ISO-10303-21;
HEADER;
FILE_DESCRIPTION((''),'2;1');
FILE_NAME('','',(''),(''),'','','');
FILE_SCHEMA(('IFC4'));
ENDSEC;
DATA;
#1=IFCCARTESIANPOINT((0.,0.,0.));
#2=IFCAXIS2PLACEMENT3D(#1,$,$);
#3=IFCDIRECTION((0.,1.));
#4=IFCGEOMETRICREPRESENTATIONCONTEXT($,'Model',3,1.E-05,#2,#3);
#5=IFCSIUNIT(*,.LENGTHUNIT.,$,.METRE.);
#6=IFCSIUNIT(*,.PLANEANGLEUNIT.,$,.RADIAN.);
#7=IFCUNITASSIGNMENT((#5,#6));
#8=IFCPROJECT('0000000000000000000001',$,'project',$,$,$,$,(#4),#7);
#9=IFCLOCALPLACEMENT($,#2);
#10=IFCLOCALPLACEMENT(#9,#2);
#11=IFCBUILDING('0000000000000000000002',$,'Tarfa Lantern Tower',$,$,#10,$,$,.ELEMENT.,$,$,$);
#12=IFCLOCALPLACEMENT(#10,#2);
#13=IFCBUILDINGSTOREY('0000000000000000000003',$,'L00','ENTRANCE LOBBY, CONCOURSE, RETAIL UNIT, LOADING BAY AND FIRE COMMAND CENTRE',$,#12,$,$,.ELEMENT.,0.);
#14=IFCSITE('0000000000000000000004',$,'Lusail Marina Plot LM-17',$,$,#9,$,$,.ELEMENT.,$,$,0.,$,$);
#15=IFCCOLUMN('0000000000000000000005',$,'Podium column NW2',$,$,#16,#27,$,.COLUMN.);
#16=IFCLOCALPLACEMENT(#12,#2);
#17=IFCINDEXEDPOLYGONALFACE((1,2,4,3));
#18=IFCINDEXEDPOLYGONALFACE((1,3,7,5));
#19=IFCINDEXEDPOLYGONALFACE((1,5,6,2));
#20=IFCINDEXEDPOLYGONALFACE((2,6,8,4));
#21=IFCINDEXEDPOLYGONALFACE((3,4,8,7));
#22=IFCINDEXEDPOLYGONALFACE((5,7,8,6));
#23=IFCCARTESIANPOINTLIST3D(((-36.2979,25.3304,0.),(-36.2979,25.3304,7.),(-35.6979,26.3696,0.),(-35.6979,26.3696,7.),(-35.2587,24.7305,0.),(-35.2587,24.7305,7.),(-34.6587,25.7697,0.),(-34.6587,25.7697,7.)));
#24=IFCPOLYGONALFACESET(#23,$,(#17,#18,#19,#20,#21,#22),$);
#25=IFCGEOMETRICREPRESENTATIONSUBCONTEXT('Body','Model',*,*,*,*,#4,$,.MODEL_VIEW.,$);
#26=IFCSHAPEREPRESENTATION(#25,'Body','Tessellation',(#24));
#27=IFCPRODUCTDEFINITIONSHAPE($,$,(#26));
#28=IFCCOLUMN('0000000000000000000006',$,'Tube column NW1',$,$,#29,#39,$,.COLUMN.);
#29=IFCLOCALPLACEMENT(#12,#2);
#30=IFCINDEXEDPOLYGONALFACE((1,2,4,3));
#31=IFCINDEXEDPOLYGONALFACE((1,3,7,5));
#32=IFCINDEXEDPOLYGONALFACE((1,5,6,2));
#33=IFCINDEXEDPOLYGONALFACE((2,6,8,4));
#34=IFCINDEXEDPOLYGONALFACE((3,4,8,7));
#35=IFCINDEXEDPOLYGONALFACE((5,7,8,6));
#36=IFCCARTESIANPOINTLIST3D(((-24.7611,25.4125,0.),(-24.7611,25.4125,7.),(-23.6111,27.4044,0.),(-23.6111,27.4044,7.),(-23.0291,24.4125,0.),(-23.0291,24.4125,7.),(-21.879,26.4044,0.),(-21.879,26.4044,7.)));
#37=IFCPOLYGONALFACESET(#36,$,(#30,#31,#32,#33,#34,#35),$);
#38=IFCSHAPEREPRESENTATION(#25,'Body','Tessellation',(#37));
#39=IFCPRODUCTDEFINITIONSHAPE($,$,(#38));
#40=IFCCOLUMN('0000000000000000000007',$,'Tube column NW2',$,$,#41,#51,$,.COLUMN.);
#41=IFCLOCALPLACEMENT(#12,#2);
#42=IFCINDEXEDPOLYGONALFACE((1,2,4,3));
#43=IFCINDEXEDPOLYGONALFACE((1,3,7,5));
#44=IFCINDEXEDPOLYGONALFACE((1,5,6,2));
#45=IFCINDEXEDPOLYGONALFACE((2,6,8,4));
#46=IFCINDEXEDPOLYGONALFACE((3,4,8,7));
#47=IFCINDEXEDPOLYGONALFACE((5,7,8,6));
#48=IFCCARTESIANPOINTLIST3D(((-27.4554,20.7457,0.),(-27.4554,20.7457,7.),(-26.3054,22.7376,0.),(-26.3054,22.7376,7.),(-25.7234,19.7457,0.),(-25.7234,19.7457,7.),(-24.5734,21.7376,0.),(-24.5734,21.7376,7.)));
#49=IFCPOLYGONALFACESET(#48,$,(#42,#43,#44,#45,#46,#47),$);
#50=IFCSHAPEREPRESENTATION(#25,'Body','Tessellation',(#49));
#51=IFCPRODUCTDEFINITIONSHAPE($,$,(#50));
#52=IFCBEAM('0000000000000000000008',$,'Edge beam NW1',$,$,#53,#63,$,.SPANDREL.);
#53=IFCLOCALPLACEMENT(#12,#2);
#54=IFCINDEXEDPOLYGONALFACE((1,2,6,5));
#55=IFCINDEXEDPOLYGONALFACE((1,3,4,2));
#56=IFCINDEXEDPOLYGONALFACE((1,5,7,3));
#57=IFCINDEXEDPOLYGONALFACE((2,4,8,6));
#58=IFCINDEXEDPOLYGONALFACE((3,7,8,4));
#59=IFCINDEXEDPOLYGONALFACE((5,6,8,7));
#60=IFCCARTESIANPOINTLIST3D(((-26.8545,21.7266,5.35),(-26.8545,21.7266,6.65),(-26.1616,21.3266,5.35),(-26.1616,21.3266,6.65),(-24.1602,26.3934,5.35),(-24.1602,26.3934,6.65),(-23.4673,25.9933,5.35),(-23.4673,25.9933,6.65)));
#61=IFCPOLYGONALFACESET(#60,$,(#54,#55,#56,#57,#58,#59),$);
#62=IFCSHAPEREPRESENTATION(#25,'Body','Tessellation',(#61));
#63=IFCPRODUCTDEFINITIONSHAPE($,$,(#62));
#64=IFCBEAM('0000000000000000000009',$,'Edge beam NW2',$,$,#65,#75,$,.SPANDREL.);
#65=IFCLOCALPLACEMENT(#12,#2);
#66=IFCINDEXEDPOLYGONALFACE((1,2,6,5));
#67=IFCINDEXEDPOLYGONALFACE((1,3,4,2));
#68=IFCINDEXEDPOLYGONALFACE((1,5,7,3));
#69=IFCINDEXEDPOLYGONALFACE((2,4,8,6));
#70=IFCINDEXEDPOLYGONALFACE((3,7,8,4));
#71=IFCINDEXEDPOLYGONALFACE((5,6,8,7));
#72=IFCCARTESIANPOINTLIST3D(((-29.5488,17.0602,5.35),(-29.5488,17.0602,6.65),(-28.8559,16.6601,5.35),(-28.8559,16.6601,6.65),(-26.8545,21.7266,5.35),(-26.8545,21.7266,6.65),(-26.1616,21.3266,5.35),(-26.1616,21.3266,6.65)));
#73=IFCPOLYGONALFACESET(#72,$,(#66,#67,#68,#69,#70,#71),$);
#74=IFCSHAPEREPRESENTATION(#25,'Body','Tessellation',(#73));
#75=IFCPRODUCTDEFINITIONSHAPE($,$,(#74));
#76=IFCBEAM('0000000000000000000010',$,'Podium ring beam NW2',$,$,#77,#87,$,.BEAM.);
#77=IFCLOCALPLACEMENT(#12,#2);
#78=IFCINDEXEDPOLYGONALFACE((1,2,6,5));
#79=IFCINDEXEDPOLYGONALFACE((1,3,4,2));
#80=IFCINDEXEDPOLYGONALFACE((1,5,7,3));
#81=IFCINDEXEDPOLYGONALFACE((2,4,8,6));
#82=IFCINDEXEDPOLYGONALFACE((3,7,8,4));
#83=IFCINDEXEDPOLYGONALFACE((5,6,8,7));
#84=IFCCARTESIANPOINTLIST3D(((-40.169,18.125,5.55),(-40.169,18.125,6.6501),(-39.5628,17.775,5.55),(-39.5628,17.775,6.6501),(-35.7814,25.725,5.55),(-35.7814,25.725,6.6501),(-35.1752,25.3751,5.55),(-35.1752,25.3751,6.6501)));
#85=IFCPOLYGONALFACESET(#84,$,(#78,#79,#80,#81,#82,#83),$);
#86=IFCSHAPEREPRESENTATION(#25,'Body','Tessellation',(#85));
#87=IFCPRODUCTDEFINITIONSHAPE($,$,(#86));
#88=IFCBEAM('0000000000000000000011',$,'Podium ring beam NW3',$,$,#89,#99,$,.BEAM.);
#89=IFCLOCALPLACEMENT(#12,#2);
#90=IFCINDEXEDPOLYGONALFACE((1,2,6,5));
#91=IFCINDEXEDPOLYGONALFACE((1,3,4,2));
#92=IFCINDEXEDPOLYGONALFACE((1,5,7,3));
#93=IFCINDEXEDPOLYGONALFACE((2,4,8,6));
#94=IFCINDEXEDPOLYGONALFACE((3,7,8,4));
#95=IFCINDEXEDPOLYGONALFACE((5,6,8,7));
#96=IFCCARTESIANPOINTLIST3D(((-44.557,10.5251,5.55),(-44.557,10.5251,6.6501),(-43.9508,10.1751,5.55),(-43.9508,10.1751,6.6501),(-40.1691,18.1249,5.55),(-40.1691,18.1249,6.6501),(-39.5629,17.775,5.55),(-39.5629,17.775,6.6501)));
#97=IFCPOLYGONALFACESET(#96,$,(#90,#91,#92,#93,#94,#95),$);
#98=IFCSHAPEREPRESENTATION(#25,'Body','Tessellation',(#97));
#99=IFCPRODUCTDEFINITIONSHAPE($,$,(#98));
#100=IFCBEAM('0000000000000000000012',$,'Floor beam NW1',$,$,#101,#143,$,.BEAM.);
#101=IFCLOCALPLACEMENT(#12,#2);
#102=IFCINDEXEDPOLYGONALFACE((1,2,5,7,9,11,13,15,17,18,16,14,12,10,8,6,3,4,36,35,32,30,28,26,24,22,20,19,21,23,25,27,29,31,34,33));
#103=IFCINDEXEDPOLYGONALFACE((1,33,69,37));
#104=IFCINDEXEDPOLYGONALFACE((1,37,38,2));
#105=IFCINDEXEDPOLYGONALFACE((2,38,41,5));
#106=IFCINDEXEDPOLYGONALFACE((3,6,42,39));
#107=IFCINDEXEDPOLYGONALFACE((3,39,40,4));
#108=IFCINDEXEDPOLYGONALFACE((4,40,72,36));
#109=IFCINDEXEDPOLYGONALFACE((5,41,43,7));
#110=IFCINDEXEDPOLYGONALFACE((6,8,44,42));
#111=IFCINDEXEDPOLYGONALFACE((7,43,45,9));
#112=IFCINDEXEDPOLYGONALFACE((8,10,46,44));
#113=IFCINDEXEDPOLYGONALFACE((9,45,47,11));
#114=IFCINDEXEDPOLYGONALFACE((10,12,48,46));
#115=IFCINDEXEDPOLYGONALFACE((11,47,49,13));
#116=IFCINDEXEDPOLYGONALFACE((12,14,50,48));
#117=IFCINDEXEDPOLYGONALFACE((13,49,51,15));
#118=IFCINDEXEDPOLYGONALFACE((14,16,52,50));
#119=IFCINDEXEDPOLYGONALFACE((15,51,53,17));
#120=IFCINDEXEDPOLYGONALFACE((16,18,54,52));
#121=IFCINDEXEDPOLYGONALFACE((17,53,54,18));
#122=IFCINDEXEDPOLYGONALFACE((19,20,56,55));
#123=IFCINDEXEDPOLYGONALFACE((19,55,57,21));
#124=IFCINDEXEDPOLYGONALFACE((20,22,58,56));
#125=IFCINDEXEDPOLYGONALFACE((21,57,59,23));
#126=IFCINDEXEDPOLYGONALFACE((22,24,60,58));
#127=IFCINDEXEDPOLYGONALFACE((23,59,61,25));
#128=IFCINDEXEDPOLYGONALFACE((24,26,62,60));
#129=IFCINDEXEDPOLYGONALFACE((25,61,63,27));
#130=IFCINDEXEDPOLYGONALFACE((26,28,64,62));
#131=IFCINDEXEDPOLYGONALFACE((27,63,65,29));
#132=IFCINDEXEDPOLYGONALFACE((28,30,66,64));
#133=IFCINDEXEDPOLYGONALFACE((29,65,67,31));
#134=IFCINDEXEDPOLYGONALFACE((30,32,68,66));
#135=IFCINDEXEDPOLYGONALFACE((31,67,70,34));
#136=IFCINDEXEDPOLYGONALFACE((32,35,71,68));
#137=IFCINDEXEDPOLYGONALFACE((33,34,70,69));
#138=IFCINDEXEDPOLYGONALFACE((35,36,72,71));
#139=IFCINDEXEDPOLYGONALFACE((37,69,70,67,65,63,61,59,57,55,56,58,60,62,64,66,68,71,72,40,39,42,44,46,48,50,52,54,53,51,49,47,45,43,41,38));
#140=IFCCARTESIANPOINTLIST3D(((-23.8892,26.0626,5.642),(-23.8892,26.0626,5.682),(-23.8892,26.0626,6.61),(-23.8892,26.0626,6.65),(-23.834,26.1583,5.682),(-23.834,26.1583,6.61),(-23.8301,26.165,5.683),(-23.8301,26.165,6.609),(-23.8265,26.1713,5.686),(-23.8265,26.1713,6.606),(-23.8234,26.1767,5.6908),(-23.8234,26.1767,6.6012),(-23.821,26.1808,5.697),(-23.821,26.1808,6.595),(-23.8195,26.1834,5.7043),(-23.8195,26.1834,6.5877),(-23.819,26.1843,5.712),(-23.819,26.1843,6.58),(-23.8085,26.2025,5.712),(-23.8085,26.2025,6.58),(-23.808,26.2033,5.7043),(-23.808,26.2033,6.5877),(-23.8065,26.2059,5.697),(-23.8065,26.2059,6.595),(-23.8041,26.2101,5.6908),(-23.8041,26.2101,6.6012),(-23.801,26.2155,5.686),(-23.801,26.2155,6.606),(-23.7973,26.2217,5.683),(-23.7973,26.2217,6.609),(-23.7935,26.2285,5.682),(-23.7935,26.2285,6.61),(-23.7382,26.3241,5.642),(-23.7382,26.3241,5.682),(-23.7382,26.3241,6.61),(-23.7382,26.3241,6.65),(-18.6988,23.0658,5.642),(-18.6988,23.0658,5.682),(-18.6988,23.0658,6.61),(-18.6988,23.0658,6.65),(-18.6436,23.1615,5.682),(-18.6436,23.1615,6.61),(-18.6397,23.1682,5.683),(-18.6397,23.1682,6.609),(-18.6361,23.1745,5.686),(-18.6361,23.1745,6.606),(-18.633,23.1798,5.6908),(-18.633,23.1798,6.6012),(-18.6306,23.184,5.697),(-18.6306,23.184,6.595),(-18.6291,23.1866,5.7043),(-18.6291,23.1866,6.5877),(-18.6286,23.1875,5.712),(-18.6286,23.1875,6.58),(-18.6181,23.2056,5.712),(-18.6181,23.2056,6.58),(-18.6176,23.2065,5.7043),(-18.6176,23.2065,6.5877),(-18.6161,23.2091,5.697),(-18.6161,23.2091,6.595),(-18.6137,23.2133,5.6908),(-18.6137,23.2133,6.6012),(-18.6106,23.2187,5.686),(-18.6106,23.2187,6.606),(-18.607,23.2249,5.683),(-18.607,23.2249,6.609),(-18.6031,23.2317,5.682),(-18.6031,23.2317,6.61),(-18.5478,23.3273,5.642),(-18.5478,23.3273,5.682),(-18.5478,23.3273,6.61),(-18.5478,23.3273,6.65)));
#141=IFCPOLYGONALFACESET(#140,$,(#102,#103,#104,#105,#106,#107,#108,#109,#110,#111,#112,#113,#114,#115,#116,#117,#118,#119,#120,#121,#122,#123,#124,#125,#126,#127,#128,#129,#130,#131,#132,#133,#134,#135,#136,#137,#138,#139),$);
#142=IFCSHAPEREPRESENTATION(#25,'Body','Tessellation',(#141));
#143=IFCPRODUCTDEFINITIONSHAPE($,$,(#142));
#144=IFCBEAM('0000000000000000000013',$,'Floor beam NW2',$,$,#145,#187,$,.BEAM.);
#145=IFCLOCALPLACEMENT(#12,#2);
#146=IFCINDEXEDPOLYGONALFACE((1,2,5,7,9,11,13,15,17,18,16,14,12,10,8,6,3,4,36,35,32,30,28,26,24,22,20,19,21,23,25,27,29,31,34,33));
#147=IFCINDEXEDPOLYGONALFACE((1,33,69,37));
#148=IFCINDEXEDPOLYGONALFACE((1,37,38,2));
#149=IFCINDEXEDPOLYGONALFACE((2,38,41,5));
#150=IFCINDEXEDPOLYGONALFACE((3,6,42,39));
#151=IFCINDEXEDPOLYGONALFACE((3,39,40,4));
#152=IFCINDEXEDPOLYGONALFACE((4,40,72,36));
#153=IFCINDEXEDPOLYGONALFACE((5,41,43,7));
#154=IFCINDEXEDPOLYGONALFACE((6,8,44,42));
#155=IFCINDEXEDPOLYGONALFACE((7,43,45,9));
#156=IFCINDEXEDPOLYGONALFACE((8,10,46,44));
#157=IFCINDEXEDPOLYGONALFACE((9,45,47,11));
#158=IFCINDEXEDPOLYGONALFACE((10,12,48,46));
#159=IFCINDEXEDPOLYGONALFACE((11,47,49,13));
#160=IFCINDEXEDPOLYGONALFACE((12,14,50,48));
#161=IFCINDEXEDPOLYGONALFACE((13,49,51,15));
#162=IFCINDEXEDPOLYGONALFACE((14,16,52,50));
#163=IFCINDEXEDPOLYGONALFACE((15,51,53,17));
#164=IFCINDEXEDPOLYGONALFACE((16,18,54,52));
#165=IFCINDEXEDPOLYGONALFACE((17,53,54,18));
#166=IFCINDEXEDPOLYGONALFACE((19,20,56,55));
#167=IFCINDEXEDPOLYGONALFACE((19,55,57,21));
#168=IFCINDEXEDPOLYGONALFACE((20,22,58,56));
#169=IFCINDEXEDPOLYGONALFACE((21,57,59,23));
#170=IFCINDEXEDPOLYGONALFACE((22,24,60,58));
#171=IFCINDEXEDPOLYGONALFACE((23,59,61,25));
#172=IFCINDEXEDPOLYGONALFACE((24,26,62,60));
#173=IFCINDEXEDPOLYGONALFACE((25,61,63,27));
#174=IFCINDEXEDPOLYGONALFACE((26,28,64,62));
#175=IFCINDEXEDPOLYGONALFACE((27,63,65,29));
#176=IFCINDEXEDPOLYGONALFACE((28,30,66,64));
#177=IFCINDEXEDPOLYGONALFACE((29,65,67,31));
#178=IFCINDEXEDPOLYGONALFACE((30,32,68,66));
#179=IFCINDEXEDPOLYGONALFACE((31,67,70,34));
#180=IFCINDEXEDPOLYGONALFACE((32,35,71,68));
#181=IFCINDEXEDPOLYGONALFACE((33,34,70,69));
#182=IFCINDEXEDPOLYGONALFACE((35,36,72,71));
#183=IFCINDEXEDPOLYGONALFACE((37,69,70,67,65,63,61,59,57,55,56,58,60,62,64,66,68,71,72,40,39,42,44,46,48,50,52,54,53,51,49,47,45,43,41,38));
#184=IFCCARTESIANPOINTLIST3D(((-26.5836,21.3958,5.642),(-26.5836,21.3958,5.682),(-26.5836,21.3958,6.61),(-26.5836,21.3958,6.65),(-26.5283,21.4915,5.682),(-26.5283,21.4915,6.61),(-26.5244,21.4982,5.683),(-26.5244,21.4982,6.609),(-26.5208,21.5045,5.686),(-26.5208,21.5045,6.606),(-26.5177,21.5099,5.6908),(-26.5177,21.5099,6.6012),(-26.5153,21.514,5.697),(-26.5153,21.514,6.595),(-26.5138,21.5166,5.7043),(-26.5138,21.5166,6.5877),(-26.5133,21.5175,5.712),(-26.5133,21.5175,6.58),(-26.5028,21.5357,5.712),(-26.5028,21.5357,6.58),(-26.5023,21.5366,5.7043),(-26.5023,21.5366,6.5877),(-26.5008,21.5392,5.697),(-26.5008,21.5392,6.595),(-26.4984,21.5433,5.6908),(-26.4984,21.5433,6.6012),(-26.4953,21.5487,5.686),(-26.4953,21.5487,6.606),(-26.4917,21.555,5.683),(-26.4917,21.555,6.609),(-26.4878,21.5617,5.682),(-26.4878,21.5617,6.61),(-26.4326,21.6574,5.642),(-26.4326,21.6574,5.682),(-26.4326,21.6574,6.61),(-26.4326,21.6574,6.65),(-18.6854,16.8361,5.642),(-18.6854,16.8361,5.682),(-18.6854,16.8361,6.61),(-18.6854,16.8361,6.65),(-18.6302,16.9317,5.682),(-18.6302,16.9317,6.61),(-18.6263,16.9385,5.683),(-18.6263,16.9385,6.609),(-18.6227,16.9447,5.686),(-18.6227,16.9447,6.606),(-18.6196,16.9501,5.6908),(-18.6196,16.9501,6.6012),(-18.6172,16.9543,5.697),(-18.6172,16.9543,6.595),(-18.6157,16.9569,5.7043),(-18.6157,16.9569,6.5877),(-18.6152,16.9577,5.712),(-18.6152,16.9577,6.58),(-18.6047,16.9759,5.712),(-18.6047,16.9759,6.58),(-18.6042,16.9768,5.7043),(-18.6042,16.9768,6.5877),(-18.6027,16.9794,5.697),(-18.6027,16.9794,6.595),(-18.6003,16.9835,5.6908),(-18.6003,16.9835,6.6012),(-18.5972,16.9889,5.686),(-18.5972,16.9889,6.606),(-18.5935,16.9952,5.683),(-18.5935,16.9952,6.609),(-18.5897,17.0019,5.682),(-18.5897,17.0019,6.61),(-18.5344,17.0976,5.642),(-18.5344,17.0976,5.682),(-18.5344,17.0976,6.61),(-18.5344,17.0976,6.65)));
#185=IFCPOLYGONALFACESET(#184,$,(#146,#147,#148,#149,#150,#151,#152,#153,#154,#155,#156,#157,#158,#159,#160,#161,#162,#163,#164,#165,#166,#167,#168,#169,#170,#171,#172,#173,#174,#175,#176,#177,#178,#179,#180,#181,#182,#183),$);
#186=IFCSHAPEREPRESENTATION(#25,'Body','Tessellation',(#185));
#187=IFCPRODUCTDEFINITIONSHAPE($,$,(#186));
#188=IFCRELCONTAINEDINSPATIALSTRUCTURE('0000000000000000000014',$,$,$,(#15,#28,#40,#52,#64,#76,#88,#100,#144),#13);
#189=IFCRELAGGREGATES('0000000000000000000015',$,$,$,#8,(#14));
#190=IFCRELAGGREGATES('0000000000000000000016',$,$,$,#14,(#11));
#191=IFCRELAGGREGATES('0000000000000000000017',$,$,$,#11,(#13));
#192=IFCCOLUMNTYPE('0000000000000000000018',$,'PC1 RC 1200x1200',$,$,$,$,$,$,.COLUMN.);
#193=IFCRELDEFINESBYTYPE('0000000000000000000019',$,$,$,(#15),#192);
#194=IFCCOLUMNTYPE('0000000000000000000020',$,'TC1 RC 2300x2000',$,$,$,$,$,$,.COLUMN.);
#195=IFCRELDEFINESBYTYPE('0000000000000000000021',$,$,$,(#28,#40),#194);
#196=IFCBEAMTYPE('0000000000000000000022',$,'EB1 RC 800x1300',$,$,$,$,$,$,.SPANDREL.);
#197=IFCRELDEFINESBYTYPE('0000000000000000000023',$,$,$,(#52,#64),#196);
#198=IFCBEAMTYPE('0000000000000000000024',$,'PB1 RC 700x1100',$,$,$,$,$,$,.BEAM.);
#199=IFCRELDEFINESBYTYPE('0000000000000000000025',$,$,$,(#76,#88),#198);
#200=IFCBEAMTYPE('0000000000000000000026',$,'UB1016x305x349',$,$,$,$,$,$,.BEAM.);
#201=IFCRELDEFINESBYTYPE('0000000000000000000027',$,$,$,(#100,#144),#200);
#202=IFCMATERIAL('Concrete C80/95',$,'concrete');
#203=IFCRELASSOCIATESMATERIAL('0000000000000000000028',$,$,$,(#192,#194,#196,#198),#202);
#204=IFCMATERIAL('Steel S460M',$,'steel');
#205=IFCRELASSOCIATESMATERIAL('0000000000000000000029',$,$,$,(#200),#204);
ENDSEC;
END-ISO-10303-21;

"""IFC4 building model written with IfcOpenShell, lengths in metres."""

from ifc_helpers import new_model, si_unit, direction, frame, origin, origin_2d, place, context, subcontext, project, spatial, rectangle, i_section, extrude, material, material_profile, profile_set, type_object, element, save


model = new_model("IFC4")

# Units and contexts
model_context = context("Model", 3, precision=1e-05, world=origin(), true_north=direction((0.0, 1.0)))
body_context = subcontext(model_context, "Body", "Model", "MODEL_VIEW")
ifc_project = project(units=[si_unit("LENGTHUNIT", "METRE"), si_unit("PLANEANGLEUNIT", "RADIAN")], contexts=[model_context])

# Site, building, storey
site_placement = place(None, origin())
site = spatial("IfcSite", under=ifc_project, at=site_placement, Name="Lusail Marina Plot LM-17", CompositionType="ELEMENT", RefElevation=0.0)
building_placement = place(site_placement, origin())
building = spatial("IfcBuilding", under=site, at=building_placement, Name="Tarfa Lantern Tower", CompositionType="ELEMENT")
storey_placement = place(building_placement, origin())
storey = spatial("IfcBuildingStorey", under=building, at=storey_placement, Name="L00", Description="ENTRANCE LOBBY, CONCOURSE, RETAIL UNIT, LOADING BAY AND FIRE COMMAND CENTRE", CompositionType="ELEMENT", Elevation=0.0)

# Columns
ifc_material_1 = material(Name="Concrete C80/95", Category="concrete")
ifc_material_profile_1 = material_profile(ifc_material_1, rectangle(XDim=1.2, YDim=1.2, at=origin_2d()), Name="RC 1200x1200")
ifc_profile_set_1 = profile_set([ifc_material_profile_1], Name="Concrete C80/95")
column_type_1 = type_object("IfcColumnType", Name="PC1 RC 1200x1200", PredefinedType="COLUMN", material=ifc_profile_set_1)
column_placement = place(storey_placement, frame((-35.4783, 25.55, 0.0), z_axis=(0.0, 0.0, 1.0), x_axis=(-0.5, -0.866025, 0.0)))
element("IfcColumn", 1, at=column_placement, inside=storey, type_object=column_type_1, Name="Podium column NW2", PredefinedType="COLUMN", context=body_context, shape_type="SweptSolid", body=[
    extrude(rectangle(XDim=1.2, YDim=1.2, at=origin_2d()), origin(), (0.0, 0.0, 1.0), 7.0),
])
ifc_material_profile_2 = material_profile(ifc_material_1, rectangle(XDim=2.3, YDim=2.0, at=origin_2d()), Name="RC 2300x2000")
ifc_profile_set_2 = profile_set([ifc_material_profile_2], Name="Concrete C80/95")
column_type_2 = type_object("IfcColumnType", Name="TC1 RC 2300x2000", PredefinedType="COLUMN", material=ifc_profile_set_2)
for number, where, z_axis, x_axis, name in (
    (2, (-23.3201, 25.9084, 0.0), (0.0, 0.0, 1.0), (-0.5, -0.866025, 0.0), "Tube column NW1"),
    (3, (-26.0144, 21.2417, 0.0), (0.0, 0.0, 1.0), (-0.5, -0.866025, 0.0), "Tube column NW2"),
):
    element("IfcColumn", number, at=place(storey_placement, frame(where, z_axis=z_axis, x_axis=x_axis)), inside=storey, type_object=column_type_2, Name=name, PredefinedType="COLUMN", context=body_context, shape_type="SweptSolid", body=[
        extrude(rectangle(XDim=2.3, YDim=2.0, at=origin_2d()), origin(), (0.0, 0.0, 1.0), 7.0),
    ])

# Beams
ifc_material_profile_3 = material_profile(ifc_material_1, rectangle(XDim=0.8, YDim=1.3, at=origin_2d()), Name="RC 800x1300")
ifc_profile_set_3 = profile_set([ifc_material_profile_3], Name="Concrete C80/95")
beam_type_1 = type_object("IfcBeamType", Name="EB1 RC 800x1300", PredefinedType="SPANDREL", material=ifc_profile_set_3)
beam_1_placement = place(storey_placement, frame((-23.8137, 26.1934, 6.0), z_axis=(-0.499998, -0.866026, 0.0), x_axis=(0.866026, -0.499998, 0.0)))
element("IfcBeam", 4, at=beam_1_placement, inside=storey, type_object=beam_type_1, Name="Edge beam NW1", PredefinedType="SPANDREL", context=body_context, shape_type="SweptSolid", body=[
    extrude(rectangle(XDim=0.8, YDim=1.3, at=origin_2d()), origin(), (0.0, 0.0, 1.0), 5.3887),
])
beam_2_placement = place(storey_placement, frame((-26.5081, 21.5266, 6.0), z_axis=(-0.500018, -0.866015, 0.0), x_axis=(0.866015, -0.500018, 0.0)))
element("IfcBeam", 5, at=beam_2_placement, inside=storey, type_object=beam_type_1, Name="Edge beam NW2", PredefinedType="SPANDREL", context=body_context, shape_type="SweptSolid", body=[
    extrude(rectangle(XDim=0.8, YDim=1.3, at=origin_2d()), origin(), (0.0, 0.0, 1.0), 5.3884),
])
ifc_material_profile_4 = material_profile(ifc_material_1, rectangle(XDim=0.7, YDim=1.1001, at=origin_2d()), Name="RC 700x1100")
ifc_profile_set_4 = profile_set([ifc_material_profile_4], Name="Concrete C80/95")
beam_type_2 = type_object("IfcBeamType", Name="PB1 RC 700x1100", PredefinedType="BEAM", material=ifc_profile_set_4)
for number, where, z_axis, x_axis, name in (
    (6, (-35.4783, 25.55, 6.1001), (-0.499981, -0.866036, 0.0), (0.866036, -0.499981, 0.0), "Podium ring beam NW2"),
    (7, (-39.866, 17.95, 6.1001), (-0.500014, -0.866017, 0.0), (0.866017, -0.500014, 0.0), "Podium ring beam NW3"),
):
    element("IfcBeam", number, at=place(storey_placement, frame(where, z_axis=z_axis, x_axis=x_axis)), inside=storey, type_object=beam_type_2, Name=name, PredefinedType="BEAM", context=body_context, shape_type="SweptSolid", body=[
        extrude(rectangle(XDim=0.7, YDim=1.1001, at=origin_2d()), origin(), (0.0, 0.0, 1.0), 8.7756),
    ])
ifc_material_2 = material(Name="Steel S460M", Category="steel")
ifc_material_profile_5 = material_profile(ifc_material_2, i_section(OverallWidth=0.302, OverallDepth=1.0081, WebThickness=0.021, FlangeThickness=0.04, FilletRadius=0.03, at=origin_2d()), Name="UB1016x305x349")
ifc_profile_set_5 = profile_set([ifc_material_profile_5], Name="Steel S460M")
beam_type_3 = type_object("IfcBeamType", Name="UB1016x305x349", PredefinedType="BEAM", material=ifc_profile_set_5)
beam_3_placement = place(storey_placement, frame((-23.8137, 26.1934, 6.146), z_axis=(0.866016, -0.500016, 0.0), x_axis=(0.500016, 0.866016, 0.0)))
element("IfcBeam", 8, at=beam_3_placement, inside=storey, type_object=beam_type_3, Name="Floor beam NW1", PredefinedType="BEAM", context=body_context, shape_type="SweptSolid", body=[
    extrude(i_section(OverallWidth=0.302, OverallDepth=1.0081, WebThickness=0.021, FlangeThickness=0.04, FilletRadius=0.03, at=origin_2d()), origin(), (0.0, 0.0, 1.0), 5.9934),
])
beam_4_placement = place(storey_placement, frame((-26.5081, 21.5266, 6.146), z_axis=(0.866035, -0.499983, 0.0), x_axis=(0.499983, 0.866035, 0.0)))
element("IfcBeam", 9, at=beam_4_placement, inside=storey, type_object=beam_type_3, Name="Floor beam NW2", PredefinedType="BEAM", context=body_context, shape_type="SweptSolid", body=[
    extrude(i_section(OverallWidth=0.302, OverallDepth=1.0081, WebThickness=0.021, FlangeThickness=0.04, FilletRadius=0.03, at=origin_2d()), origin(), (0.0, 0.0, 1.0), 9.1199),
])

save(model, "model.ifc")
